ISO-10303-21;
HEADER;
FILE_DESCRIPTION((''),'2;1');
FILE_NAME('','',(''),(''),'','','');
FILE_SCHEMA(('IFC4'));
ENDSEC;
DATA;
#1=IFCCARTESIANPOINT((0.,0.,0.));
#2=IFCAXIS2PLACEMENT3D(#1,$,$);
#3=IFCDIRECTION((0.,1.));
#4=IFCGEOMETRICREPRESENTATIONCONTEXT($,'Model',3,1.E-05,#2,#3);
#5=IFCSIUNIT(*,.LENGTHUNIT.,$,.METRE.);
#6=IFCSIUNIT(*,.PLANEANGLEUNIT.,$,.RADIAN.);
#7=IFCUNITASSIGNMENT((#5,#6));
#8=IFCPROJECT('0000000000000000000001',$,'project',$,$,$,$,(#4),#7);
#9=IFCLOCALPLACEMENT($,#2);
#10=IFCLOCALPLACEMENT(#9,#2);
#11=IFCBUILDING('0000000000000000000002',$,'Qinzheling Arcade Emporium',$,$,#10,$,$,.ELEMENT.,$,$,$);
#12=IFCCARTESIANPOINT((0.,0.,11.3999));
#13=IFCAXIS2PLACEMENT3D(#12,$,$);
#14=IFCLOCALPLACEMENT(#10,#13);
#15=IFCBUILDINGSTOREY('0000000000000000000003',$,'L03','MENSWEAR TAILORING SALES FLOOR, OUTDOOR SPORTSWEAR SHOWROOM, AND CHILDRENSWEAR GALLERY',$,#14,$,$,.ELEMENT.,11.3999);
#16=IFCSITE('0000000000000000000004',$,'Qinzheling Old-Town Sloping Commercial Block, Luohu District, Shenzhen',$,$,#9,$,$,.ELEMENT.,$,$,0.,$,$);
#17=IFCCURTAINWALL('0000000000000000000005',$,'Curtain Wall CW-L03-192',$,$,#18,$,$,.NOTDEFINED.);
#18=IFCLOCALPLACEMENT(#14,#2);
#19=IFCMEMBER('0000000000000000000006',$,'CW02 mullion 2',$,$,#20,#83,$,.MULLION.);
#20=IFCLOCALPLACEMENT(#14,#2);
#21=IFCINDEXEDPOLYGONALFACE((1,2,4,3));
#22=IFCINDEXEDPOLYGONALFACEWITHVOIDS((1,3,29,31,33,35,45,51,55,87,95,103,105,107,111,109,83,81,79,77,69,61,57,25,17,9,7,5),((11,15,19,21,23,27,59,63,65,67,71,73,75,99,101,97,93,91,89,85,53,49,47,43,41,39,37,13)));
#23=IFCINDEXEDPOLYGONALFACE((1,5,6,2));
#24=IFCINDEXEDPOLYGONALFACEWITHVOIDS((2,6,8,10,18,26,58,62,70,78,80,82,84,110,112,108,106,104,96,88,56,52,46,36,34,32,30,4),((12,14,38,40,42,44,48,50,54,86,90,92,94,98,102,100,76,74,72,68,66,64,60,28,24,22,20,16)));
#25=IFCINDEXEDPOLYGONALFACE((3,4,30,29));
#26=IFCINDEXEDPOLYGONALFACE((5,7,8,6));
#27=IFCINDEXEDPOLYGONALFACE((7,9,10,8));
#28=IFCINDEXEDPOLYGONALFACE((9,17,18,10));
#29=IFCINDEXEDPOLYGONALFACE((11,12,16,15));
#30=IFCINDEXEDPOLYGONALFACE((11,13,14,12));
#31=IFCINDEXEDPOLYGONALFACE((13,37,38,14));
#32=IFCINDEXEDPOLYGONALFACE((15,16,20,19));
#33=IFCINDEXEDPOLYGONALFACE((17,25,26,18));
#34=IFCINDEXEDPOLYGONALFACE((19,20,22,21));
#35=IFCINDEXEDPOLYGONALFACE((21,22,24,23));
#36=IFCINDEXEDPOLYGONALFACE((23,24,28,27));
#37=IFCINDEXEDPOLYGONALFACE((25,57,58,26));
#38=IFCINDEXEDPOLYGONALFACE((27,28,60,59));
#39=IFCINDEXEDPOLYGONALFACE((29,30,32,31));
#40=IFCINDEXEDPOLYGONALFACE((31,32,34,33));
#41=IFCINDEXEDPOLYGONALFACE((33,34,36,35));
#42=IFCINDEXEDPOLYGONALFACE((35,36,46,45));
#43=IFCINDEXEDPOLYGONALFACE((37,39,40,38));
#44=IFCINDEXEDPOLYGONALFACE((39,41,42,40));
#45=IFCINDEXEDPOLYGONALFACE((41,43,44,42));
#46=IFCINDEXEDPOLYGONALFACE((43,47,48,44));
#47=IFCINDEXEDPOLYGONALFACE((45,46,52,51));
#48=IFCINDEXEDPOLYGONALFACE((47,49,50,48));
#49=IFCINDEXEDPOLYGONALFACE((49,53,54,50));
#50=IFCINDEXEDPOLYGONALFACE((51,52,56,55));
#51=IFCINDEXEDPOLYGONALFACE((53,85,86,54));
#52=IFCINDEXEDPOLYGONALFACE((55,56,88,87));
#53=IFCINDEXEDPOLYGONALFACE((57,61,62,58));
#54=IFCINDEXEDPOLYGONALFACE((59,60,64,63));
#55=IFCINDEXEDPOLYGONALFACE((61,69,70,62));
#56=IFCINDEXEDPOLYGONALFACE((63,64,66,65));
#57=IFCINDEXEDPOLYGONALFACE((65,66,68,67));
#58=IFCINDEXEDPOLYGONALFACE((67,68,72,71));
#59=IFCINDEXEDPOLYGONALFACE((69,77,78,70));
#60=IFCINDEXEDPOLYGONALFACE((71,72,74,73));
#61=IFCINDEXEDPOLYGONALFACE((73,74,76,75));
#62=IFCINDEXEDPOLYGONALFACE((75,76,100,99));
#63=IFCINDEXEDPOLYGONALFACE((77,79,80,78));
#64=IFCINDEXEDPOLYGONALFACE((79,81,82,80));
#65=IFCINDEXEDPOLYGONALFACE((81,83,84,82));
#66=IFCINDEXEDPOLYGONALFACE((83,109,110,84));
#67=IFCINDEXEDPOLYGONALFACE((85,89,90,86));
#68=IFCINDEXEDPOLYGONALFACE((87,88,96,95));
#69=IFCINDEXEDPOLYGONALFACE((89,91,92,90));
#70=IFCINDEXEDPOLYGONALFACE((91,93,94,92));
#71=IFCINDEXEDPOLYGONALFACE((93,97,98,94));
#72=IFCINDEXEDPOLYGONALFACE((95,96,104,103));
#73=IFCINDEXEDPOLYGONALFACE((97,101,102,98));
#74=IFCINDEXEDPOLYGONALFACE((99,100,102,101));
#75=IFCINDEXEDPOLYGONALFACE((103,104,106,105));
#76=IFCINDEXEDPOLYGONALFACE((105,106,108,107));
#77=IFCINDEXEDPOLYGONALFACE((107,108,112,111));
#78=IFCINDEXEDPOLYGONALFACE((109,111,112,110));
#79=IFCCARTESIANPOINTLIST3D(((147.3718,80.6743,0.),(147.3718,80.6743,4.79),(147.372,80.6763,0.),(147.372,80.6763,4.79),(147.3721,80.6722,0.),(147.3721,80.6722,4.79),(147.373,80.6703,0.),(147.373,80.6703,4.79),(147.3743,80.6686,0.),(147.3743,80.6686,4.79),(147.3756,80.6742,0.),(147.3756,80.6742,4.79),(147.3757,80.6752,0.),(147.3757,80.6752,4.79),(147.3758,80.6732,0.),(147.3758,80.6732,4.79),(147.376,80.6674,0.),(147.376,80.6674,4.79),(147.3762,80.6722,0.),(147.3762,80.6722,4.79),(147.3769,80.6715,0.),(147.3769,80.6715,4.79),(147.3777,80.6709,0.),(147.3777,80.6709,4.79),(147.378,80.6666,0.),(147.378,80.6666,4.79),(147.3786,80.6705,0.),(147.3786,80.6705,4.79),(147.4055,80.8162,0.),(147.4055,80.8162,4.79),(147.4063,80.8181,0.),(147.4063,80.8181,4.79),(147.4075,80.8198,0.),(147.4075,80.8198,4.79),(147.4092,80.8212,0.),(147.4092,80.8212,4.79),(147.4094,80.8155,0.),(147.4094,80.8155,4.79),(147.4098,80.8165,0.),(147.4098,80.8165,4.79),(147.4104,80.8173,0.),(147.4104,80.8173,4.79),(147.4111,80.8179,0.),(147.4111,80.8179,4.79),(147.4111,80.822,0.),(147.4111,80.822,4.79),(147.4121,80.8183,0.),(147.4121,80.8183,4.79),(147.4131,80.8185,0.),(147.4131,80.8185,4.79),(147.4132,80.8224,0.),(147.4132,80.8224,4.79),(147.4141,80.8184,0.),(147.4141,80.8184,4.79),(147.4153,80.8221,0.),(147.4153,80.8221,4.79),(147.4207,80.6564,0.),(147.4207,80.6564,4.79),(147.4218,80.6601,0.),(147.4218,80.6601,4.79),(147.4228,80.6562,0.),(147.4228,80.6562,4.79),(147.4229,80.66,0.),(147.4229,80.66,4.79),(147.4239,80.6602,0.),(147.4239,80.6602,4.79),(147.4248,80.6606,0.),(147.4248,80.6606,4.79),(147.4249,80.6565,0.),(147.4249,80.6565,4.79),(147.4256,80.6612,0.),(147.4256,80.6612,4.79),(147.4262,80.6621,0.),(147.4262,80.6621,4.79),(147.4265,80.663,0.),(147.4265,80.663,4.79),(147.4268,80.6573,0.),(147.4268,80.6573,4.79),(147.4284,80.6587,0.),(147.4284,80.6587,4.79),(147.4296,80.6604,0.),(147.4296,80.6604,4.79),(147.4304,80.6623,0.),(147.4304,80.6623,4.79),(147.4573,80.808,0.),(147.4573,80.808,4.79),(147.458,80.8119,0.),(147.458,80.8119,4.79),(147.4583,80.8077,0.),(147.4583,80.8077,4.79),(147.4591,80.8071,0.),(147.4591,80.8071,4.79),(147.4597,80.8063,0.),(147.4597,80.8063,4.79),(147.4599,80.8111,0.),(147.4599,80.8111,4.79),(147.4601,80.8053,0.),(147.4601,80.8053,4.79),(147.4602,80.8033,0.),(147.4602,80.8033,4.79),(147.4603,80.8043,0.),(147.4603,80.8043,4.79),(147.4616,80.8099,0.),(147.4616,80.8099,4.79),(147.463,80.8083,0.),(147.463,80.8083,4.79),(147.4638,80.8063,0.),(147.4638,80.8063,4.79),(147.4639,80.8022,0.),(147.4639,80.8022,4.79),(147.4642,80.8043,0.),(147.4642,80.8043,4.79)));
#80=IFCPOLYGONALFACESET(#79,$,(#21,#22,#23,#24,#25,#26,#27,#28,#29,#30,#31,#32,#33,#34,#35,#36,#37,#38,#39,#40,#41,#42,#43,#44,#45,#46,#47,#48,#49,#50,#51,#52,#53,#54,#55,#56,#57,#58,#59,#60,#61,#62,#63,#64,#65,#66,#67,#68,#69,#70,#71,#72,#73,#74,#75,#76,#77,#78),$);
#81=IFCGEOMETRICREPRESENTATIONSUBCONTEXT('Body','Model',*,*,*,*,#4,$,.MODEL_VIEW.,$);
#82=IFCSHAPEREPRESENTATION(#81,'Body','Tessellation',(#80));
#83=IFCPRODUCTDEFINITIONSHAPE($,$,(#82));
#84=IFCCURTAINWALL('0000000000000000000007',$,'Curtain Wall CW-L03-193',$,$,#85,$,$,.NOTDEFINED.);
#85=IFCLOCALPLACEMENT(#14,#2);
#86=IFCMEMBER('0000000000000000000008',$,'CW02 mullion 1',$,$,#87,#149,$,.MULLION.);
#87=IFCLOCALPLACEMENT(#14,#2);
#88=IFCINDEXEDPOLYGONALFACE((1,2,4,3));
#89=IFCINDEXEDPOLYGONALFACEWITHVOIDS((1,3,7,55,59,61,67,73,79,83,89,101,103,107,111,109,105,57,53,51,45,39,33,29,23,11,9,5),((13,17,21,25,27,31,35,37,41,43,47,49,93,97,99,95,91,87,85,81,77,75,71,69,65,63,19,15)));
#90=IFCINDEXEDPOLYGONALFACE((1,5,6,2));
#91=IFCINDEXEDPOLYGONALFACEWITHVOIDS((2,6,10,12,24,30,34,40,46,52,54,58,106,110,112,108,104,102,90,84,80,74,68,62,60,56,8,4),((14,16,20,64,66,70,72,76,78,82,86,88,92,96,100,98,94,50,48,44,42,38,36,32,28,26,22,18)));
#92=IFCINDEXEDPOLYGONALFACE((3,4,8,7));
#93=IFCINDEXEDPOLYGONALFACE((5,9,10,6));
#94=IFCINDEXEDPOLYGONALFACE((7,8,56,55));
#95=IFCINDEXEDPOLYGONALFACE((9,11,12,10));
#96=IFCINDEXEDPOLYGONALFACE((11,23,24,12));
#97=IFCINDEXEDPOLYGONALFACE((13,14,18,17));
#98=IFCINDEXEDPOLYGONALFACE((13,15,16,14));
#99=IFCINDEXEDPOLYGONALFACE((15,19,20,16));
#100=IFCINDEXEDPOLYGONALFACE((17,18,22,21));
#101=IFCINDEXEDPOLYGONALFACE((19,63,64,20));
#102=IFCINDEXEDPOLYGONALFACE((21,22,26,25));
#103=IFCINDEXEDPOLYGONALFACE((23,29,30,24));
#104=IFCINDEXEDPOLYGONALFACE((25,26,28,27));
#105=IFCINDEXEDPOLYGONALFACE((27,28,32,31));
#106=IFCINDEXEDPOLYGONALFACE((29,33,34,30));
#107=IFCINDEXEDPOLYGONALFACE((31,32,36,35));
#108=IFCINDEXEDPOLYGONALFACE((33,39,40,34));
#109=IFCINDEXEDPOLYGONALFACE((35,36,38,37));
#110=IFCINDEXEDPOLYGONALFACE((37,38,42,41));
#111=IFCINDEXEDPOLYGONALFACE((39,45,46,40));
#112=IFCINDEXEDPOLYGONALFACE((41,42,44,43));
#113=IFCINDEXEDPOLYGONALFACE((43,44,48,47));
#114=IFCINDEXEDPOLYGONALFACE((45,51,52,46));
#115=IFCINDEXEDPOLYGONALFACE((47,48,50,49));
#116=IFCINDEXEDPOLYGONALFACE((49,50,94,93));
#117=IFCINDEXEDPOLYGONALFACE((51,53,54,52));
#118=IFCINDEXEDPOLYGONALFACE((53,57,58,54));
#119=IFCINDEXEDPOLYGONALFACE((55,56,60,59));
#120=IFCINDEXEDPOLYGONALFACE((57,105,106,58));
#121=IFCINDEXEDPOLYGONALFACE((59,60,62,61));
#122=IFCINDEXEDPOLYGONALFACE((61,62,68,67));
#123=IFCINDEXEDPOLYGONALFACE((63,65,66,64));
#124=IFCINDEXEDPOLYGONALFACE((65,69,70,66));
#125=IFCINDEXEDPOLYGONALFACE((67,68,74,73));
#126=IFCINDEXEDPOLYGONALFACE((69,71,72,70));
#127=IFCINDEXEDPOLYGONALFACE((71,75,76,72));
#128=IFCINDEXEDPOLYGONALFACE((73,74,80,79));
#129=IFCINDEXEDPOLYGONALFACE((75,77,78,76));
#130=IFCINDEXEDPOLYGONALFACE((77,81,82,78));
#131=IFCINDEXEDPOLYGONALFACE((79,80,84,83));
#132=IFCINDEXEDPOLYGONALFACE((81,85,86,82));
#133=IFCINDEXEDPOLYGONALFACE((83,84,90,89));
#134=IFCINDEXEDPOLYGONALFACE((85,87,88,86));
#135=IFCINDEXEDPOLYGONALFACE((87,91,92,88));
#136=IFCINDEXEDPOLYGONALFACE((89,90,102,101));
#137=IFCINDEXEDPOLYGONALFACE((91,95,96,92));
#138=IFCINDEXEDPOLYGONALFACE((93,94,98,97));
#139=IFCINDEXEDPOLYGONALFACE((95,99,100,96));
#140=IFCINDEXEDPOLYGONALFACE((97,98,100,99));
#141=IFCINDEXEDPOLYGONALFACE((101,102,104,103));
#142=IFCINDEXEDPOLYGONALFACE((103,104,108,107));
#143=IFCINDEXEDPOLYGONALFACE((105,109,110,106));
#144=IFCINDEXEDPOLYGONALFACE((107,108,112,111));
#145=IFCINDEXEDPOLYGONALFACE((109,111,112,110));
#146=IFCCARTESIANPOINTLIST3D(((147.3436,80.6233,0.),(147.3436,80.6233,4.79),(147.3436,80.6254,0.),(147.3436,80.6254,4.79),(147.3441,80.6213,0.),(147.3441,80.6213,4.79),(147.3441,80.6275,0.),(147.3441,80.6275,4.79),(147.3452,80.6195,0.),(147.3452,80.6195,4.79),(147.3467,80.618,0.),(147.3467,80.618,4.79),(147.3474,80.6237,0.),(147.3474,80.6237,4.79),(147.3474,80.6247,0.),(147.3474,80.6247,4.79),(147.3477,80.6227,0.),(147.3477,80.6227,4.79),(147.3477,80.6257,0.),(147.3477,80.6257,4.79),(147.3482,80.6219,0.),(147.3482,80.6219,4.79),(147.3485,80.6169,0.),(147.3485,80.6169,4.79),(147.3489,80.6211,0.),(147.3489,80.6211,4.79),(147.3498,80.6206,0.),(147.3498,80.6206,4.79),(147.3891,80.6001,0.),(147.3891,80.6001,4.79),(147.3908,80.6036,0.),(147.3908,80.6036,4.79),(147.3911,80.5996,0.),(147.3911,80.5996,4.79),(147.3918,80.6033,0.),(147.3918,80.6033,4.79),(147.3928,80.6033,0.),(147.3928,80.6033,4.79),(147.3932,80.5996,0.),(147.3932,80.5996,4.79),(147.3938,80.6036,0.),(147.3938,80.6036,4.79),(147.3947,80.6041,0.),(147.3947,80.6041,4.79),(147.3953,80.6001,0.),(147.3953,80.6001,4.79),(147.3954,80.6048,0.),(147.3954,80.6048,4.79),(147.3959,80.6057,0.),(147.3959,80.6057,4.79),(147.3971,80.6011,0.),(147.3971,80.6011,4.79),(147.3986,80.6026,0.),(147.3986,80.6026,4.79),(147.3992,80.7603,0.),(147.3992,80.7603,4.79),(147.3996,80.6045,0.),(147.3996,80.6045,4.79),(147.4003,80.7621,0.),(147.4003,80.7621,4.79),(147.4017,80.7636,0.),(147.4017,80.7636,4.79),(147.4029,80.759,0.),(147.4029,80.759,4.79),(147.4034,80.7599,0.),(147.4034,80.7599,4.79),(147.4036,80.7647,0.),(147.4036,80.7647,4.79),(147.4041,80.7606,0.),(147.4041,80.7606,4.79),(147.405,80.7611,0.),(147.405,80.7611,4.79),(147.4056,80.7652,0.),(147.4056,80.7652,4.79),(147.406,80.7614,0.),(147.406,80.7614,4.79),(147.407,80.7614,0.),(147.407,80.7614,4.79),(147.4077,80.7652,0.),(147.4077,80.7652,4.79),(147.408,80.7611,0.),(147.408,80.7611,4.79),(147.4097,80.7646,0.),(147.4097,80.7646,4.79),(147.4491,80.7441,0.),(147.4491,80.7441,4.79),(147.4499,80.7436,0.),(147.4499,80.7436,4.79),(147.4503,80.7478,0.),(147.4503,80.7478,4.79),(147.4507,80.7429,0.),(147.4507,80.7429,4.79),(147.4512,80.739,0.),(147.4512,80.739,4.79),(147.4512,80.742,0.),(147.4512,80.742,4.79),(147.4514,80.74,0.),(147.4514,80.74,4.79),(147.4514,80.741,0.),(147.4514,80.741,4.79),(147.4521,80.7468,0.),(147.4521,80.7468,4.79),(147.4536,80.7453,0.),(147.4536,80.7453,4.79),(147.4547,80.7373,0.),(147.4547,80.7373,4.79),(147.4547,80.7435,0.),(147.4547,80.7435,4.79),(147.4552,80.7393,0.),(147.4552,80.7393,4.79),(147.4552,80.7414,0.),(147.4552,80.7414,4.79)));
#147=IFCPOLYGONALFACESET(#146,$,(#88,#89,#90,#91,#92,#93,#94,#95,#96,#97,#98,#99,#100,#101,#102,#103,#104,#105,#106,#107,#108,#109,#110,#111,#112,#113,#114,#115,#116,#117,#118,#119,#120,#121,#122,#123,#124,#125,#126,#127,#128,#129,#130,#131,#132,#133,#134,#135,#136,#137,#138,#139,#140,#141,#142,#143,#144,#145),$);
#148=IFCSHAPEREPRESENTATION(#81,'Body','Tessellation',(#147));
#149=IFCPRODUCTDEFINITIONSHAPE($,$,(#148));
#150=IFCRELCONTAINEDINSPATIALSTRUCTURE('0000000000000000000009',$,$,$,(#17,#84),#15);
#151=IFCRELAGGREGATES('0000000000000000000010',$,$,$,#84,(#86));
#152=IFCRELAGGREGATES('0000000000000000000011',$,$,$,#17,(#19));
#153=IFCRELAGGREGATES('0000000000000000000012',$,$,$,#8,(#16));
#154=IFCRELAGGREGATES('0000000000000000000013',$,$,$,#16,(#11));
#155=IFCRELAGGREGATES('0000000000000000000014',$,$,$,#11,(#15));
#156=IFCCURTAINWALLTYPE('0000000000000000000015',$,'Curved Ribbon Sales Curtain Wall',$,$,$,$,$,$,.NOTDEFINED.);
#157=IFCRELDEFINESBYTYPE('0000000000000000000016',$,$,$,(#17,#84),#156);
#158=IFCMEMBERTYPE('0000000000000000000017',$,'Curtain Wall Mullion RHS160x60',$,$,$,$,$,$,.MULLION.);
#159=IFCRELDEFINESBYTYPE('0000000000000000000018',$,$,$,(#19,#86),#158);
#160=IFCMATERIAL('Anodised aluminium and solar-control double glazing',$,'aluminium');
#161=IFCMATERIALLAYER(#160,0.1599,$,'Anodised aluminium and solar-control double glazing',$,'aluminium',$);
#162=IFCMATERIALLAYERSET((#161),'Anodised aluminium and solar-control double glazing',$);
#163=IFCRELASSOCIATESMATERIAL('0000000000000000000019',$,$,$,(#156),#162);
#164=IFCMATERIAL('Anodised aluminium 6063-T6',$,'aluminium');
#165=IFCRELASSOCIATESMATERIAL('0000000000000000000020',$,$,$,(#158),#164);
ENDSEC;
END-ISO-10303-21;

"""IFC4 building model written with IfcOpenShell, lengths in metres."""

from ifc_helpers import new_model, si_unit, direction, frame, origin, origin_2d, place, context, subcontext, project, spatial, hollow_rectangle, extrude, material, layer, layer_set, material_profile, profile_set, type_object, element, aggregate, save


model = new_model("IFC4")

# Units and contexts
model_context = context("Model", 3, precision=1e-05, world=origin(), true_north=direction((0.0, 1.0)))
body_context = subcontext(model_context, "Body", "Model", "MODEL_VIEW")
ifc_project = project(units=[si_unit("LENGTHUNIT", "METRE"), si_unit("PLANEANGLEUNIT", "RADIAN")], contexts=[model_context])

# Site, building, storey
site_placement = place(None, origin())
site = spatial("IfcSite", under=ifc_project, at=site_placement, Name="Qinzheling Old-Town Sloping Commercial Block, Luohu District, Shenzhen", CompositionType="ELEMENT", RefElevation=0.0)
building_placement = place(site_placement, origin())
building = spatial("IfcBuilding", under=site, at=building_placement, Name="Qinzheling Arcade Emporium", CompositionType="ELEMENT")
storey_placement = place(building_placement, frame((0.0, 0.0, 11.3999)))
storey = spatial("IfcBuildingStorey", under=building, at=storey_placement, Name="L03", Description="MENSWEAR TAILORING SALES FLOOR, OUTDOOR SPORTSWEAR SHOWROOM, AND CHILDRENSWEAR GALLERY", CompositionType="ELEMENT", Elevation=11.3999)

# Shared definitions
ifc_material_1 = material(Name="Anodised aluminium and solar-control double glazing", Category="aluminium")
ifc_layer_1 = layer(ifc_material_1, 0.1599, Name="Anodised aluminium and solar-control double glazing", Category="aluminium")
ifc_layer_set_1 = layer_set([ifc_layer_1], Name="Anodised aluminium and solar-control double glazing")
curtain_wall_type = type_object("IfcCurtainWallType", Name="Curved Ribbon Sales Curtain Wall", PredefinedType="NOTDEFINED", material=ifc_layer_set_1)
ifc_material_2 = material(Name="Anodised aluminium 6063-T6", Category="aluminium")
ifc_material_profile_1 = material_profile(ifc_material_2, hollow_rectangle(XDim=0.0601, YDim=0.1599, WallThickness=0.0039, InnerFilletRadius=0.0039, OuterFilletRadius=0.0081, at=origin_2d()), Name="RHS 160x60x4", Category="aluminium")
ifc_profile_set_1 = profile_set([ifc_material_profile_1], Name="Anodised aluminium 6063-T6")
member_type_1 = type_object("IfcMemberType", Name="Curtain Wall Mullion RHS160x60", PredefinedType="MULLION", material=ifc_profile_set_1)

# Curtain wall, member
curtain_wall_1_placement = place(storey_placement, origin())
curtain_wall_1 = element("IfcCurtainWall", 1, at=curtain_wall_1_placement, inside=storey, type_object=curtain_wall_type, Name="Curtain Wall CW-L03-192", PredefinedType="NOTDEFINED")
member_1_placement = place(storey_placement, frame((147.418, 80.7393, 0.0), z_axis=(0.0, 0.0, 1.0), x_axis=(0.972422, -0.233228, 0.0)))
member_1 = element("IfcMember", 2, at=member_1_placement, type_object=member_type_1, Name="CW02 mullion 2", PredefinedType="MULLION", context=body_context, shape_type="SweptSolid", body=[
    extrude(hollow_rectangle(XDim=0.0601, YDim=0.1599, WallThickness=0.0039, InnerFilletRadius=0.0039, OuterFilletRadius=0.0081, at=origin_2d()), origin(), (0.0, 0.0, 1.0), 4.79),
])

# Curtain wall, member
curtain_wall_2_placement = place(storey_placement, origin())
curtain_wall_2 = element("IfcCurtainWall", 3, at=curtain_wall_2_placement, inside=storey, type_object=curtain_wall_type, Name="Curtain Wall CW-L03-193", PredefinedType="NOTDEFINED")
member_2_placement = place(storey_placement, frame((147.3994, 80.6824, 0.0), z_axis=(0.0, 0.0, 1.0), x_axis=(0.923792, -0.382896, 0.0)))
member_2 = element("IfcMember", 4, at=member_2_placement, type_object=member_type_1, Name="CW02 mullion 1", PredefinedType="MULLION", context=body_context, shape_type="SweptSolid", body=[
    extrude(hollow_rectangle(XDim=0.0601, YDim=0.1599, WallThickness=0.0039, InnerFilletRadius=0.0039, OuterFilletRadius=0.0081, at=origin_2d()), origin(), (0.0, 0.0, 1.0), 4.79),
])
aggregate(curtain_wall_2, [member_2])

aggregate(curtain_wall_1, [member_1])

save(model, "model.ifc")
